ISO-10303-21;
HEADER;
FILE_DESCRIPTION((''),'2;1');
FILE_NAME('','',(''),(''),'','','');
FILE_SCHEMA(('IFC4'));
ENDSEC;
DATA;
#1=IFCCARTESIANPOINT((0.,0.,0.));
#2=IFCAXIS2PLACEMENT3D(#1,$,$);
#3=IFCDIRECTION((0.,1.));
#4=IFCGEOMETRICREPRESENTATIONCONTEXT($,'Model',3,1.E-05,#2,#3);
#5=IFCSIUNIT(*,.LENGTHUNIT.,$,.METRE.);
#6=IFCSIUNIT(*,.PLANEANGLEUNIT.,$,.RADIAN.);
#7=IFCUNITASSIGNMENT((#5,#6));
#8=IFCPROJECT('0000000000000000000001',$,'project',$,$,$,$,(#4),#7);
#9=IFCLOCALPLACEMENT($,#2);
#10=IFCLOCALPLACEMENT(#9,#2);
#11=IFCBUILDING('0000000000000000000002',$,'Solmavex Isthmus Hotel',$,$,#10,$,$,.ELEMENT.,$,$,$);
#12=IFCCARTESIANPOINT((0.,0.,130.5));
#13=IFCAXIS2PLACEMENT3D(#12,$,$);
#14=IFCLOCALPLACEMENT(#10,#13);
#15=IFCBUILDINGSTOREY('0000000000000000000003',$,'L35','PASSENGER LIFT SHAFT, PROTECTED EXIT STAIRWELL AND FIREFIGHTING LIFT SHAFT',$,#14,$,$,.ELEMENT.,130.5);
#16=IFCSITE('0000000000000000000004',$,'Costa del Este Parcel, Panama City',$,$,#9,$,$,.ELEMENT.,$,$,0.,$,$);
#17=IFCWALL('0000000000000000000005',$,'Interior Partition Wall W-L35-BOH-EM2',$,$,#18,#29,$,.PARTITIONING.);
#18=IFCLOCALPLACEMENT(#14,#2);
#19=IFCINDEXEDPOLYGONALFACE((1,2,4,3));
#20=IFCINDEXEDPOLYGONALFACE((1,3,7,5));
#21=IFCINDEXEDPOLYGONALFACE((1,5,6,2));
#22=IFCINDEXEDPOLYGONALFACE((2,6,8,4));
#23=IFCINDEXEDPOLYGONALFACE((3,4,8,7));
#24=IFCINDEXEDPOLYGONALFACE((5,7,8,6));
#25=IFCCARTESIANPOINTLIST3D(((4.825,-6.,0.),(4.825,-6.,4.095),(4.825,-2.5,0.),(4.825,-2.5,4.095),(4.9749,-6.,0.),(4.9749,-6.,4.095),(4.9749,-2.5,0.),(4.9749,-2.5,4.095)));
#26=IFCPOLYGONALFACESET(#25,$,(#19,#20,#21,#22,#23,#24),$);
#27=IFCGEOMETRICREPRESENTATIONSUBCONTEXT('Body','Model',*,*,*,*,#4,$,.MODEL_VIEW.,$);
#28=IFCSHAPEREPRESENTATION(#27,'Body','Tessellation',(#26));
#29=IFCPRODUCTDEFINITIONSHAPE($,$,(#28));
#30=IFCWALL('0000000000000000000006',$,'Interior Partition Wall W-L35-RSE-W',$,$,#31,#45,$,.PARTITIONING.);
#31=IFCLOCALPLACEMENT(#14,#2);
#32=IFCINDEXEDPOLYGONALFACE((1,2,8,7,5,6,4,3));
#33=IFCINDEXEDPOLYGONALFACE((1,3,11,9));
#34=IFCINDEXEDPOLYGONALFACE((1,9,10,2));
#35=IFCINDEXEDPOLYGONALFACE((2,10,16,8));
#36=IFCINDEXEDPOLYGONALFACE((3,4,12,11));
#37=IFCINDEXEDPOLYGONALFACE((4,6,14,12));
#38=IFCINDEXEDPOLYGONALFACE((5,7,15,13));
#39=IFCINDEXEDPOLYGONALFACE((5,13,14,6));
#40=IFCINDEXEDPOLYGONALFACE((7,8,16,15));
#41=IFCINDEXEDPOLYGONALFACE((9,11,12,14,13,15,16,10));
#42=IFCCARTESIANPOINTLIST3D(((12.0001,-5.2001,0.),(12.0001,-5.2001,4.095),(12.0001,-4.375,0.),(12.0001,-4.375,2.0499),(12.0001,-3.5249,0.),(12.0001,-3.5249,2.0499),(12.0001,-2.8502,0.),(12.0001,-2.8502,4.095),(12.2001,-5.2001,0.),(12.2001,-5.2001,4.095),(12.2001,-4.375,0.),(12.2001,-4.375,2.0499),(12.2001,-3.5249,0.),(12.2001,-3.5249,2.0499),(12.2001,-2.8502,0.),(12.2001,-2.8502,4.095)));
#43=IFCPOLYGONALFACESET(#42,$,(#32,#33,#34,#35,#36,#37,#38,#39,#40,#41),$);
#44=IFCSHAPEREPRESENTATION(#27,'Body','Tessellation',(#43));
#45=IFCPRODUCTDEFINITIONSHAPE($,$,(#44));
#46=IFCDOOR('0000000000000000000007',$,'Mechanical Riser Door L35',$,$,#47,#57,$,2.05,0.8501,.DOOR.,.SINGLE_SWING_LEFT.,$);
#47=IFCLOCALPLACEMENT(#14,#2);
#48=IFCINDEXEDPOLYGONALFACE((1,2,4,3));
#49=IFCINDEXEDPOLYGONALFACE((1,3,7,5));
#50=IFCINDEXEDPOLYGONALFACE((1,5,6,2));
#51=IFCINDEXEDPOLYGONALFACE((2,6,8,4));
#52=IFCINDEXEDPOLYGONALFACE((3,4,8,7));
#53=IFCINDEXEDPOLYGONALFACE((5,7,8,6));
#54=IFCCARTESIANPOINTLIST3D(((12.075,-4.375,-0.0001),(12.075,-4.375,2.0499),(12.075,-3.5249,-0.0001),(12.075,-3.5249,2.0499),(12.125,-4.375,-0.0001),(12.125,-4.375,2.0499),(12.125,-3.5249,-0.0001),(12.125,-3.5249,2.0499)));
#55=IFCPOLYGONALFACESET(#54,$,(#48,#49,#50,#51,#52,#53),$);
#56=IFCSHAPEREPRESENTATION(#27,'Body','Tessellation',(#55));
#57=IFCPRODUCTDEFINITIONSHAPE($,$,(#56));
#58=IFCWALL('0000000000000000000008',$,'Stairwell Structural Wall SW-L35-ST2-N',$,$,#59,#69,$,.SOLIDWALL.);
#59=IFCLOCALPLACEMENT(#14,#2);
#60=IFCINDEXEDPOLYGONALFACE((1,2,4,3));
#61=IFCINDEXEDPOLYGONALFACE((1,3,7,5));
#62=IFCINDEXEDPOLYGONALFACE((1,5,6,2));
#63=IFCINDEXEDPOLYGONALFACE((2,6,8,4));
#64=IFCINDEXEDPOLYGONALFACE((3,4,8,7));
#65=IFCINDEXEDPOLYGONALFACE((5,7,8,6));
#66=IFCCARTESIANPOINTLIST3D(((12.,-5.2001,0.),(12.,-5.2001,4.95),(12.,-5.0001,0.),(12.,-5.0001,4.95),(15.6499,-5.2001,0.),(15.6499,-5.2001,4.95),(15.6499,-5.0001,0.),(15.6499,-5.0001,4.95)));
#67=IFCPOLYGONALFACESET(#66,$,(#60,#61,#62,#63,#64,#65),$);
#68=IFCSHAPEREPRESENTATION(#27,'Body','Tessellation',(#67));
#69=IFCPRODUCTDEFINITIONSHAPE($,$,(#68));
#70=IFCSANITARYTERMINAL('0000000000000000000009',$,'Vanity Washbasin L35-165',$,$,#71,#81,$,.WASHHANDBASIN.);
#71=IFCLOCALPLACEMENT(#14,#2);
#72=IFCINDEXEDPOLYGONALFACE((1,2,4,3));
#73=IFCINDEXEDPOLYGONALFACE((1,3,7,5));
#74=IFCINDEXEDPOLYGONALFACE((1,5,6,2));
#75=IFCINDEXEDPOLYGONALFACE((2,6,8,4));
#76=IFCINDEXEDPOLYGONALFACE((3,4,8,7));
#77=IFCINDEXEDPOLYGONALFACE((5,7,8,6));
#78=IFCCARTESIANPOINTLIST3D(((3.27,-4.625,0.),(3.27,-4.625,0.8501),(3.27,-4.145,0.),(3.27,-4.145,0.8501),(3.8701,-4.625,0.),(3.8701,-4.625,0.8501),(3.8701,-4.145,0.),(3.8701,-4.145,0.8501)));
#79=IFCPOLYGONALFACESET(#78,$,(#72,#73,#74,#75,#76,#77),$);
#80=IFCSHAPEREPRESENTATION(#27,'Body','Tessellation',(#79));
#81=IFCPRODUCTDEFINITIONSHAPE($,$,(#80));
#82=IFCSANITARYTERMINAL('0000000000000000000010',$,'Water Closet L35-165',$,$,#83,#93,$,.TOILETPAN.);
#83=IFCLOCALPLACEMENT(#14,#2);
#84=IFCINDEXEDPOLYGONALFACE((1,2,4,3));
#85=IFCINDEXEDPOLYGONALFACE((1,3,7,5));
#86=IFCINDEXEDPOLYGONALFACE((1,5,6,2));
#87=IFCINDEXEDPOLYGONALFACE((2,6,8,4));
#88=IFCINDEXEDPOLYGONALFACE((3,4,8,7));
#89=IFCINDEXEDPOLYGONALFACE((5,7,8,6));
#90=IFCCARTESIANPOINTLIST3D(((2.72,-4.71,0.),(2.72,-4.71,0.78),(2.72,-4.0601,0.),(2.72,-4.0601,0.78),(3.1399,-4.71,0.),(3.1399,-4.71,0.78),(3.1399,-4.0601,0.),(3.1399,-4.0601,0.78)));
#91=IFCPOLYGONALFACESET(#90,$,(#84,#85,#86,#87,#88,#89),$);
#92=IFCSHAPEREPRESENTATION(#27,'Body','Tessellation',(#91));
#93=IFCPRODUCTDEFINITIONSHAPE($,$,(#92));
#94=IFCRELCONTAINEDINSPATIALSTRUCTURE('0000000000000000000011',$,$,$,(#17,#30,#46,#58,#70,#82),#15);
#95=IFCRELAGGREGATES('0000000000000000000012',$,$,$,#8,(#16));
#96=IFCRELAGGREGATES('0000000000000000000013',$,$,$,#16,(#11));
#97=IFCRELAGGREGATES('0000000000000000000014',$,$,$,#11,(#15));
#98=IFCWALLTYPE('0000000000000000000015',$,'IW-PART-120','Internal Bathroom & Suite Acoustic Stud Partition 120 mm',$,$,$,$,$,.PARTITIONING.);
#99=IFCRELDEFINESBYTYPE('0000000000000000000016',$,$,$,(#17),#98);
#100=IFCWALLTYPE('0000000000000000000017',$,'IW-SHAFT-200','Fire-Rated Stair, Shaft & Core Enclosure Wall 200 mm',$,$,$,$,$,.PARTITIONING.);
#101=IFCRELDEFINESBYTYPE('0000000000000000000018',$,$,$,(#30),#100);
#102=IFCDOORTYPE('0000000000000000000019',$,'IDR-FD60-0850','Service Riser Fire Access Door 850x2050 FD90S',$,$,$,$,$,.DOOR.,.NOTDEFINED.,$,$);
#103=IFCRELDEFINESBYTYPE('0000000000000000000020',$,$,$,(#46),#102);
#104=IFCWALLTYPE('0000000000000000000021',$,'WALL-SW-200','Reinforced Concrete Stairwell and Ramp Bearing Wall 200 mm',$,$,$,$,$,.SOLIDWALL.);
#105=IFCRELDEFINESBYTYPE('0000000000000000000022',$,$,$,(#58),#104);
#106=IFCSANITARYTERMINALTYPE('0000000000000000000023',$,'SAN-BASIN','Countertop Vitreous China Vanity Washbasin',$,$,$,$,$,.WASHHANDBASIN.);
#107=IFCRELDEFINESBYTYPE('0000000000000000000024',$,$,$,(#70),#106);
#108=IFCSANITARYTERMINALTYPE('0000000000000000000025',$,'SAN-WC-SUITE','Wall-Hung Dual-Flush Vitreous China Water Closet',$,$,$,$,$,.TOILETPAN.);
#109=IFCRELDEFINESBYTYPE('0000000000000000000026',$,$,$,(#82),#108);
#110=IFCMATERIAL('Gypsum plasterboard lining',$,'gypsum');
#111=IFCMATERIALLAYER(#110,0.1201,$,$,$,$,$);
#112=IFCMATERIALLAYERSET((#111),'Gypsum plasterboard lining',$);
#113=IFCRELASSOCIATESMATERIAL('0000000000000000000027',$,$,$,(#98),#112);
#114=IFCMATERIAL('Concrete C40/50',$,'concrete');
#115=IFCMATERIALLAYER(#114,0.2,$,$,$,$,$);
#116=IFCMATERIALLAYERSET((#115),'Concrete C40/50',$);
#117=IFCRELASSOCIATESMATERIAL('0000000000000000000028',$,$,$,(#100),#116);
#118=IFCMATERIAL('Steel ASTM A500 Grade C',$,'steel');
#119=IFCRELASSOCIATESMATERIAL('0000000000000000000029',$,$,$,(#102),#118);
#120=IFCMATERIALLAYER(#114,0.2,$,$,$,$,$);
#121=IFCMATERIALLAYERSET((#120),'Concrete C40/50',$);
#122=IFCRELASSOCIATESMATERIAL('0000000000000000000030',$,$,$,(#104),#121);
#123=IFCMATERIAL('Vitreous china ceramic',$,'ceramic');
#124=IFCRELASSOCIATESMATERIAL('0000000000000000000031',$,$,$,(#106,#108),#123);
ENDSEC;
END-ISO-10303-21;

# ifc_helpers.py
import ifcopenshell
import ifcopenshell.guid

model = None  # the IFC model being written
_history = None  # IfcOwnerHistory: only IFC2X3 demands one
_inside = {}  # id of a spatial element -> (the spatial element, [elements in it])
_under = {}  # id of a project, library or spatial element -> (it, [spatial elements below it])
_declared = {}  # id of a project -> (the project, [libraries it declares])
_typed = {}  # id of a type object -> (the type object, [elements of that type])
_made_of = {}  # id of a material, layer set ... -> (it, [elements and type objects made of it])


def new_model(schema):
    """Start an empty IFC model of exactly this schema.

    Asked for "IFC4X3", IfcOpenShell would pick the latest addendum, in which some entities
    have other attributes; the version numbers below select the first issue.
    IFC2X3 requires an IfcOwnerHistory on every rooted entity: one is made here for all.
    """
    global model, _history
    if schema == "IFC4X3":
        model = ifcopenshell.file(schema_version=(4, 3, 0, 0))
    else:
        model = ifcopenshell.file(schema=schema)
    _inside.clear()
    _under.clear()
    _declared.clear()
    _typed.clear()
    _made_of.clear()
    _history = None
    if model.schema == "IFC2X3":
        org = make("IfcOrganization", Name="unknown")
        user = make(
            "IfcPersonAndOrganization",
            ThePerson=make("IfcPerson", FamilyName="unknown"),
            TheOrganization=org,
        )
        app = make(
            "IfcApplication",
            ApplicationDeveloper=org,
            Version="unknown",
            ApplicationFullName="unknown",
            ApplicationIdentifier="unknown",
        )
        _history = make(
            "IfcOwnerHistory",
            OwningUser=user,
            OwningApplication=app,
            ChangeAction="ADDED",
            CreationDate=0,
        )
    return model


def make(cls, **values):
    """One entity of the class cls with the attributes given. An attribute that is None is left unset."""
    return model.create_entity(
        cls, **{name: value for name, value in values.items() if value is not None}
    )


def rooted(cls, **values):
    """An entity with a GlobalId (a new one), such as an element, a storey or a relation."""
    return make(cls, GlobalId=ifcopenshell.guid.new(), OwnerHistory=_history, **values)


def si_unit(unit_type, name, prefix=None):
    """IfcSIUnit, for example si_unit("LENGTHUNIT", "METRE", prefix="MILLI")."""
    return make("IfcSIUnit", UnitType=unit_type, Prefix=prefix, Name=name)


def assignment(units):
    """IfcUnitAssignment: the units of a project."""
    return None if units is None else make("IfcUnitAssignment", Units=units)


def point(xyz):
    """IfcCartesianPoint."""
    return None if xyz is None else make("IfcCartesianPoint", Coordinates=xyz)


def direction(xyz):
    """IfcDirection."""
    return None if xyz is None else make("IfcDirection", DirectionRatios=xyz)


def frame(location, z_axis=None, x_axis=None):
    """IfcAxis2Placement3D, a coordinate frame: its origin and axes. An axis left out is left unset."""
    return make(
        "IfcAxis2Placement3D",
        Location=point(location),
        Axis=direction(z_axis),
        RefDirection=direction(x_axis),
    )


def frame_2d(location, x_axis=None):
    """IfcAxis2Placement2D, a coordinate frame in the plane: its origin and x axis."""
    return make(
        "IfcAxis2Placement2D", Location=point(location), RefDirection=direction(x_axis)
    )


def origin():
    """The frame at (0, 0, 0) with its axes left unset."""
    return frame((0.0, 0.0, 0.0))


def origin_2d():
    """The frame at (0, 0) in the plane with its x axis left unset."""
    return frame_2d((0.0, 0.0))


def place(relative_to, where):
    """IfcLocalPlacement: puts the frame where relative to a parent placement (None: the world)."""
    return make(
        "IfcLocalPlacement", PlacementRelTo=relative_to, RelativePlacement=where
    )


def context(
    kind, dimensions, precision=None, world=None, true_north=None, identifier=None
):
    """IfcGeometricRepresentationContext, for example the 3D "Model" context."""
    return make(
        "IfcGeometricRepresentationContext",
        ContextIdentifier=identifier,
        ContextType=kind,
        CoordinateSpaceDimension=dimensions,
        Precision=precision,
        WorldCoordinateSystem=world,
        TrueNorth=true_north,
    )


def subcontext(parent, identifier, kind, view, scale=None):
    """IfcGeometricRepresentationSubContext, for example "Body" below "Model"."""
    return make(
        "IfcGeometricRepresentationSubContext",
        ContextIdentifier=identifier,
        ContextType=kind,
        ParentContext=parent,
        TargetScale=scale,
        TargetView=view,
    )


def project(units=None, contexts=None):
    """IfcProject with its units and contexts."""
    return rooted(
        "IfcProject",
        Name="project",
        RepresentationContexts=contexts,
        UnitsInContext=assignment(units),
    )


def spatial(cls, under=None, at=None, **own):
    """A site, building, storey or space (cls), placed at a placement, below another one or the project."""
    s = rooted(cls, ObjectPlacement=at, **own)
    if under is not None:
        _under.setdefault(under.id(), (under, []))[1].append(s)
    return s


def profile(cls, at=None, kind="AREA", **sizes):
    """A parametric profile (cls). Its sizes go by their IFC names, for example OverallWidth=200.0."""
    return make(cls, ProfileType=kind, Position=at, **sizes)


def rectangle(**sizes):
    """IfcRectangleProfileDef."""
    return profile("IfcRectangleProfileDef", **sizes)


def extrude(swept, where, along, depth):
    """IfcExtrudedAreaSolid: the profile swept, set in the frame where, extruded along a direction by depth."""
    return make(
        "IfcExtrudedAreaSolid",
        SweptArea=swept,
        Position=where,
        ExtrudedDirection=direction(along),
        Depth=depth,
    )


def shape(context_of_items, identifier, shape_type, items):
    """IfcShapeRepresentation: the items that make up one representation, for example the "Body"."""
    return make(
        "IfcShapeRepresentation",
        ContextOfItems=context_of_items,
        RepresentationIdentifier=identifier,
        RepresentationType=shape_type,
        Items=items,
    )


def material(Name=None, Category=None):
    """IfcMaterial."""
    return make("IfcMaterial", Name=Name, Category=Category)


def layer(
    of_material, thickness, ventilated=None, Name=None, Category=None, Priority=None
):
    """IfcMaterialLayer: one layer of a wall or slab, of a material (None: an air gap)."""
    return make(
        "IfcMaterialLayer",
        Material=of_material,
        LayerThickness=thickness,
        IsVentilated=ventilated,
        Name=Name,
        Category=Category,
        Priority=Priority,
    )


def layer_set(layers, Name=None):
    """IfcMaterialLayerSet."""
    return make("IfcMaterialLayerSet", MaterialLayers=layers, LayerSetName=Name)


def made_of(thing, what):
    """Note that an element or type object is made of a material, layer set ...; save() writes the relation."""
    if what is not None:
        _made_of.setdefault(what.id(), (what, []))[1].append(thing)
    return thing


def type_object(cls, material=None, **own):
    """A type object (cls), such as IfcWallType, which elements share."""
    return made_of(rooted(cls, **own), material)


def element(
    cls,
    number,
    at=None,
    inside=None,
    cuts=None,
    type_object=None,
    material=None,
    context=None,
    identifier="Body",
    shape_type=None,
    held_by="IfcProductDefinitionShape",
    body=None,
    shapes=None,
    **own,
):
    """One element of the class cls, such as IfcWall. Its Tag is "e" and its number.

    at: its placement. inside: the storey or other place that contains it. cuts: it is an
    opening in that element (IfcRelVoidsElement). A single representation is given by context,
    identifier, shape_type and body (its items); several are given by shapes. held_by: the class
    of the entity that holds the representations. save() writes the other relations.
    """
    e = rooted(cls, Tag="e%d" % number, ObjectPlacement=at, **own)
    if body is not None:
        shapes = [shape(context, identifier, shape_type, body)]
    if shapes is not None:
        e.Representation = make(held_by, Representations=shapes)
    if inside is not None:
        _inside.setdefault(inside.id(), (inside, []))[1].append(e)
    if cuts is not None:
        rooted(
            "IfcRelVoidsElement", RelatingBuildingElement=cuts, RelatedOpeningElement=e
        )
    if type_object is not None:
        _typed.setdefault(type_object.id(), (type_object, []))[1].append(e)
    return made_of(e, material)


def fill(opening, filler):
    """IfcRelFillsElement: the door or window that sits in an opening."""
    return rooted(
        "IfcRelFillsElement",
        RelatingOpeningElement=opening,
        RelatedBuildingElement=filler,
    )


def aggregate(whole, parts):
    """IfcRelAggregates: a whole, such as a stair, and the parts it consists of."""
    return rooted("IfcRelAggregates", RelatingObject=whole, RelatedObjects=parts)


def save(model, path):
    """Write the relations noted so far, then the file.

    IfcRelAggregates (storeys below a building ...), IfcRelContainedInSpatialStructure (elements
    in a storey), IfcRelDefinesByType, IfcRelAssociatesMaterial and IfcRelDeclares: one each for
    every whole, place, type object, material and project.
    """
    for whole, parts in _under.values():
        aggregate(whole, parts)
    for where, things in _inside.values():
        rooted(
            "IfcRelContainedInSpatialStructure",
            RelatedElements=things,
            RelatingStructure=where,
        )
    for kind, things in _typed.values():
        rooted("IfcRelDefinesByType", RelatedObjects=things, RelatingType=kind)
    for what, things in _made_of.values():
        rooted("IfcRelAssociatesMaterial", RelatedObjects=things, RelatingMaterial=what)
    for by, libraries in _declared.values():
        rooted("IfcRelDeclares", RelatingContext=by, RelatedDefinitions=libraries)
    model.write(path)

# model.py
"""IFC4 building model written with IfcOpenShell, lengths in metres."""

from ifc_helpers import new_model, si_unit, direction, frame, frame_2d, origin, origin_2d, place, context, subcontext, project, spatial, rectangle, extrude, material, layer, layer_set, type_object, element, fill, save


model = new_model("IFC4")

# Units and contexts
model_context = context("Model", 3, precision=1e-05, world=origin(), true_north=direction((0.0, 1.0)))
body_context = subcontext(model_context, "Body", "Model", "MODEL_VIEW")
ifc_project = project(units=[si_unit("LENGTHUNIT", "METRE"), si_unit("PLANEANGLEUNIT", "RADIAN")], contexts=[model_context])

# Site, building, storey
site_placement = place(None, origin())
site = spatial("IfcSite", under=ifc_project, at=site_placement, Name="Costa del Este Parcel, Panama City", CompositionType="ELEMENT", RefElevation=0.0)
building_placement = place(site_placement, origin())
building = spatial("IfcBuilding", under=site, at=building_placement, Name="Solmavex Isthmus Hotel", CompositionType="ELEMENT")
storey_placement = place(building_placement, frame((0.0, 0.0, 130.5)))
storey = spatial("IfcBuildingStorey", under=building, at=storey_placement, Name="L35", Description="PASSENGER LIFT SHAFT, PROTECTED EXIT STAIRWELL AND FIREFIGHTING LIFT SHAFT", CompositionType="ELEMENT", Elevation=130.5)

# Shared definitions
ifc_material_1 = material(Name="Concrete C40/50", Category="concrete")

# Wall
ifc_material_2 = material(Name="Gypsum plasterboard lining", Category="gypsum")
ifc_layer_1 = layer(ifc_material_2, 0.1201)
ifc_layer_set_1 = layer_set([ifc_layer_1], Name="Gypsum plasterboard lining")
wall_type_1 = type_object("IfcWallType", Name="IW-PART-120", Description="Internal Bathroom & Suite Acoustic Stud Partition 120 mm", PredefinedType="PARTITIONING", material=ifc_layer_set_1)
wall_1_placement = place(storey_placement, frame((4.8999, -6.0, 0.0), z_axis=(0.0, 0.0, 1.0), x_axis=(0.0, 1.0, 0.0)))
element("IfcWall", 1, at=wall_1_placement, inside=storey, type_object=wall_type_1, Name="Interior Partition Wall W-L35-BOH-EM2", PredefinedType="PARTITIONING", context=body_context, shape_type="SweptSolid", body=[
    extrude(rectangle(XDim=3.5, YDim=0.1499, at=frame_2d((1.75, 0.0))), origin(), (0.0, 0.0, 1.0), 4.095),
])

# Wall, opening, door
ifc_layer_2 = layer(ifc_material_1, 0.2)
ifc_layer_set_2 = layer_set([ifc_layer_2], Name="Concrete C40/50")
wall_type_2 = type_object("IfcWallType", Name="IW-SHAFT-200", Description="Fire-Rated Stair, Shaft & Core Enclosure Wall 200 mm", PredefinedType="PARTITIONING", material=ifc_layer_set_2)
wall_2_placement = place(storey_placement, frame((12.1001, -5.2, 0.0), z_axis=(0.0, 0.0, 1.0), x_axis=(0.0, 1.0, 0.0)))
wall_2 = element("IfcWall", 2, at=wall_2_placement, inside=storey, type_object=wall_type_2, Name="Interior Partition Wall W-L35-RSE-W", PredefinedType="PARTITIONING", context=body_context, shape_type="SweptSolid", body=[
    extrude(rectangle(XDim=2.3499, YDim=0.2, at=frame_2d((1.1748, 0.0))), origin(), (0.0, 0.0, 1.0), 4.095),
])
opening_placement = place(wall_2_placement, frame((0.825, 0.0, 0.0)))
opening = element("IfcOpeningElement", 3, at=opening_placement, cuts=wall_2, PredefinedType="OPENING", context=body_context, shape_type="SweptSolid", body=[
    extrude(rectangle(XDim=0.8501, YDim=2.05, at=frame_2d((0.425, 1.0249))), frame((0.0, 0.1099, 0.0), z_axis=(0.0, -1.0, 0.0), x_axis=(1.0, 0.0, 0.0)), (0.0, 0.0, 1.0), 0.22),
])
ifc_material_3 = material(Name="Steel ASTM A500 Grade C", Category="steel")
door_type = type_object("IfcDoorType", Name="IDR-FD60-0850", Description="Service Riser Fire Access Door 850x2050 FD90S", OperationType="NOTDEFINED", PredefinedType="DOOR", material=ifc_material_3)
door_placement = place(opening_placement, frame((0.8501, 0.0, 0.0), z_axis=(0.0, 0.0, 1.0), x_axis=(-1.0, 0.0, 0.0)))
door = element("IfcDoor", 4, at=door_placement, inside=storey, type_object=door_type, Name="Mechanical Riser Door L35", OperationType="SINGLE_SWING_LEFT", OverallHeight=2.05, OverallWidth=0.8501, PredefinedType="DOOR", context=body_context, shape_type="SweptSolid", body=[
    extrude(rectangle(XDim=0.8501, YDim=2.05, at=frame_2d((0.425, 1.0249))), frame((0.0, 0.0249, 0.0), z_axis=(0.0, -1.0, 0.0), x_axis=(1.0, 0.0, 0.0)), (0.0, 0.0, 1.0), 0.05),
])
fill(opening, door)

# Wall
ifc_layer_3 = layer(ifc_material_1, 0.2)
ifc_layer_set_3 = layer_set([ifc_layer_3], Name="Concrete C40/50")
wall_type_3 = type_object("IfcWallType", Name="WALL-SW-200", Description="Reinforced Concrete Stairwell and Ramp Bearing Wall 200 mm", PredefinedType="SOLIDWALL", material=ifc_layer_set_3)
wall_3_placement = place(storey_placement, frame((12.0, -5.1001, 0.0), z_axis=(0.0, 0.0, 1.0), x_axis=(1.0, 0.0, 0.0)))
element("IfcWall", 5, at=wall_3_placement, inside=storey, type_object=wall_type_3, Name="Stairwell Structural Wall SW-L35-ST2-N", PredefinedType="SOLIDWALL", context=body_context, shape_type="SweptSolid", body=[
    extrude(rectangle(XDim=3.6499, YDim=0.2, at=frame_2d((1.825, 0.0))), origin(), (0.0, 0.0, 1.0), 4.95),
])

# Sanitary terminals
ifc_material_4 = material(Name="Vitreous china ceramic", Category="ceramic")
sanitary_terminal_type_1 = type_object("IfcSanitaryTerminalType", Name="SAN-BASIN", Description="Countertop Vitreous China Vanity Washbasin", PredefinedType="WASHHANDBASIN", material=ifc_material_4)
sanitary_terminal_1_placement = place(storey_placement, frame((3.5701, -4.385, 0.0), z_axis=(0.0, 0.0, 1.0), x_axis=(1.0, 0.0, 0.0)))
element("IfcSanitaryTerminal", 6, at=sanitary_terminal_1_placement, inside=storey, type_object=sanitary_terminal_type_1, Name="Vanity Washbasin L35-165", PredefinedType="WASHHANDBASIN", context=body_context, shape_type="SweptSolid", body=[
    extrude(rectangle(XDim=0.6001, YDim=0.48, at=origin_2d()), origin(), (0.0, 0.0, 1.0), 0.8501),
])
sanitary_terminal_type_2 = type_object("IfcSanitaryTerminalType", Name="SAN-WC-SUITE", Description="Wall-Hung Dual-Flush Vitreous China Water Closet", PredefinedType="TOILETPAN", material=ifc_material_4)
sanitary_terminal_2_placement = place(storey_placement, frame((2.9299, -4.385, 0.0), z_axis=(0.0, 0.0, 1.0), x_axis=(1.0, 0.0, 0.0)))
element("IfcSanitaryTerminal", 7, at=sanitary_terminal_2_placement, inside=storey, type_object=sanitary_terminal_type_2, Name="Water Closet L35-165", PredefinedType="TOILETPAN", context=body_context, shape_type="SweptSolid", body=[
    extrude(rectangle(XDim=0.4199, YDim=0.6499, at=origin_2d()), origin(), (0.0, 0.0, 1.0), 0.78),
])

save(model, "model.ifc")
